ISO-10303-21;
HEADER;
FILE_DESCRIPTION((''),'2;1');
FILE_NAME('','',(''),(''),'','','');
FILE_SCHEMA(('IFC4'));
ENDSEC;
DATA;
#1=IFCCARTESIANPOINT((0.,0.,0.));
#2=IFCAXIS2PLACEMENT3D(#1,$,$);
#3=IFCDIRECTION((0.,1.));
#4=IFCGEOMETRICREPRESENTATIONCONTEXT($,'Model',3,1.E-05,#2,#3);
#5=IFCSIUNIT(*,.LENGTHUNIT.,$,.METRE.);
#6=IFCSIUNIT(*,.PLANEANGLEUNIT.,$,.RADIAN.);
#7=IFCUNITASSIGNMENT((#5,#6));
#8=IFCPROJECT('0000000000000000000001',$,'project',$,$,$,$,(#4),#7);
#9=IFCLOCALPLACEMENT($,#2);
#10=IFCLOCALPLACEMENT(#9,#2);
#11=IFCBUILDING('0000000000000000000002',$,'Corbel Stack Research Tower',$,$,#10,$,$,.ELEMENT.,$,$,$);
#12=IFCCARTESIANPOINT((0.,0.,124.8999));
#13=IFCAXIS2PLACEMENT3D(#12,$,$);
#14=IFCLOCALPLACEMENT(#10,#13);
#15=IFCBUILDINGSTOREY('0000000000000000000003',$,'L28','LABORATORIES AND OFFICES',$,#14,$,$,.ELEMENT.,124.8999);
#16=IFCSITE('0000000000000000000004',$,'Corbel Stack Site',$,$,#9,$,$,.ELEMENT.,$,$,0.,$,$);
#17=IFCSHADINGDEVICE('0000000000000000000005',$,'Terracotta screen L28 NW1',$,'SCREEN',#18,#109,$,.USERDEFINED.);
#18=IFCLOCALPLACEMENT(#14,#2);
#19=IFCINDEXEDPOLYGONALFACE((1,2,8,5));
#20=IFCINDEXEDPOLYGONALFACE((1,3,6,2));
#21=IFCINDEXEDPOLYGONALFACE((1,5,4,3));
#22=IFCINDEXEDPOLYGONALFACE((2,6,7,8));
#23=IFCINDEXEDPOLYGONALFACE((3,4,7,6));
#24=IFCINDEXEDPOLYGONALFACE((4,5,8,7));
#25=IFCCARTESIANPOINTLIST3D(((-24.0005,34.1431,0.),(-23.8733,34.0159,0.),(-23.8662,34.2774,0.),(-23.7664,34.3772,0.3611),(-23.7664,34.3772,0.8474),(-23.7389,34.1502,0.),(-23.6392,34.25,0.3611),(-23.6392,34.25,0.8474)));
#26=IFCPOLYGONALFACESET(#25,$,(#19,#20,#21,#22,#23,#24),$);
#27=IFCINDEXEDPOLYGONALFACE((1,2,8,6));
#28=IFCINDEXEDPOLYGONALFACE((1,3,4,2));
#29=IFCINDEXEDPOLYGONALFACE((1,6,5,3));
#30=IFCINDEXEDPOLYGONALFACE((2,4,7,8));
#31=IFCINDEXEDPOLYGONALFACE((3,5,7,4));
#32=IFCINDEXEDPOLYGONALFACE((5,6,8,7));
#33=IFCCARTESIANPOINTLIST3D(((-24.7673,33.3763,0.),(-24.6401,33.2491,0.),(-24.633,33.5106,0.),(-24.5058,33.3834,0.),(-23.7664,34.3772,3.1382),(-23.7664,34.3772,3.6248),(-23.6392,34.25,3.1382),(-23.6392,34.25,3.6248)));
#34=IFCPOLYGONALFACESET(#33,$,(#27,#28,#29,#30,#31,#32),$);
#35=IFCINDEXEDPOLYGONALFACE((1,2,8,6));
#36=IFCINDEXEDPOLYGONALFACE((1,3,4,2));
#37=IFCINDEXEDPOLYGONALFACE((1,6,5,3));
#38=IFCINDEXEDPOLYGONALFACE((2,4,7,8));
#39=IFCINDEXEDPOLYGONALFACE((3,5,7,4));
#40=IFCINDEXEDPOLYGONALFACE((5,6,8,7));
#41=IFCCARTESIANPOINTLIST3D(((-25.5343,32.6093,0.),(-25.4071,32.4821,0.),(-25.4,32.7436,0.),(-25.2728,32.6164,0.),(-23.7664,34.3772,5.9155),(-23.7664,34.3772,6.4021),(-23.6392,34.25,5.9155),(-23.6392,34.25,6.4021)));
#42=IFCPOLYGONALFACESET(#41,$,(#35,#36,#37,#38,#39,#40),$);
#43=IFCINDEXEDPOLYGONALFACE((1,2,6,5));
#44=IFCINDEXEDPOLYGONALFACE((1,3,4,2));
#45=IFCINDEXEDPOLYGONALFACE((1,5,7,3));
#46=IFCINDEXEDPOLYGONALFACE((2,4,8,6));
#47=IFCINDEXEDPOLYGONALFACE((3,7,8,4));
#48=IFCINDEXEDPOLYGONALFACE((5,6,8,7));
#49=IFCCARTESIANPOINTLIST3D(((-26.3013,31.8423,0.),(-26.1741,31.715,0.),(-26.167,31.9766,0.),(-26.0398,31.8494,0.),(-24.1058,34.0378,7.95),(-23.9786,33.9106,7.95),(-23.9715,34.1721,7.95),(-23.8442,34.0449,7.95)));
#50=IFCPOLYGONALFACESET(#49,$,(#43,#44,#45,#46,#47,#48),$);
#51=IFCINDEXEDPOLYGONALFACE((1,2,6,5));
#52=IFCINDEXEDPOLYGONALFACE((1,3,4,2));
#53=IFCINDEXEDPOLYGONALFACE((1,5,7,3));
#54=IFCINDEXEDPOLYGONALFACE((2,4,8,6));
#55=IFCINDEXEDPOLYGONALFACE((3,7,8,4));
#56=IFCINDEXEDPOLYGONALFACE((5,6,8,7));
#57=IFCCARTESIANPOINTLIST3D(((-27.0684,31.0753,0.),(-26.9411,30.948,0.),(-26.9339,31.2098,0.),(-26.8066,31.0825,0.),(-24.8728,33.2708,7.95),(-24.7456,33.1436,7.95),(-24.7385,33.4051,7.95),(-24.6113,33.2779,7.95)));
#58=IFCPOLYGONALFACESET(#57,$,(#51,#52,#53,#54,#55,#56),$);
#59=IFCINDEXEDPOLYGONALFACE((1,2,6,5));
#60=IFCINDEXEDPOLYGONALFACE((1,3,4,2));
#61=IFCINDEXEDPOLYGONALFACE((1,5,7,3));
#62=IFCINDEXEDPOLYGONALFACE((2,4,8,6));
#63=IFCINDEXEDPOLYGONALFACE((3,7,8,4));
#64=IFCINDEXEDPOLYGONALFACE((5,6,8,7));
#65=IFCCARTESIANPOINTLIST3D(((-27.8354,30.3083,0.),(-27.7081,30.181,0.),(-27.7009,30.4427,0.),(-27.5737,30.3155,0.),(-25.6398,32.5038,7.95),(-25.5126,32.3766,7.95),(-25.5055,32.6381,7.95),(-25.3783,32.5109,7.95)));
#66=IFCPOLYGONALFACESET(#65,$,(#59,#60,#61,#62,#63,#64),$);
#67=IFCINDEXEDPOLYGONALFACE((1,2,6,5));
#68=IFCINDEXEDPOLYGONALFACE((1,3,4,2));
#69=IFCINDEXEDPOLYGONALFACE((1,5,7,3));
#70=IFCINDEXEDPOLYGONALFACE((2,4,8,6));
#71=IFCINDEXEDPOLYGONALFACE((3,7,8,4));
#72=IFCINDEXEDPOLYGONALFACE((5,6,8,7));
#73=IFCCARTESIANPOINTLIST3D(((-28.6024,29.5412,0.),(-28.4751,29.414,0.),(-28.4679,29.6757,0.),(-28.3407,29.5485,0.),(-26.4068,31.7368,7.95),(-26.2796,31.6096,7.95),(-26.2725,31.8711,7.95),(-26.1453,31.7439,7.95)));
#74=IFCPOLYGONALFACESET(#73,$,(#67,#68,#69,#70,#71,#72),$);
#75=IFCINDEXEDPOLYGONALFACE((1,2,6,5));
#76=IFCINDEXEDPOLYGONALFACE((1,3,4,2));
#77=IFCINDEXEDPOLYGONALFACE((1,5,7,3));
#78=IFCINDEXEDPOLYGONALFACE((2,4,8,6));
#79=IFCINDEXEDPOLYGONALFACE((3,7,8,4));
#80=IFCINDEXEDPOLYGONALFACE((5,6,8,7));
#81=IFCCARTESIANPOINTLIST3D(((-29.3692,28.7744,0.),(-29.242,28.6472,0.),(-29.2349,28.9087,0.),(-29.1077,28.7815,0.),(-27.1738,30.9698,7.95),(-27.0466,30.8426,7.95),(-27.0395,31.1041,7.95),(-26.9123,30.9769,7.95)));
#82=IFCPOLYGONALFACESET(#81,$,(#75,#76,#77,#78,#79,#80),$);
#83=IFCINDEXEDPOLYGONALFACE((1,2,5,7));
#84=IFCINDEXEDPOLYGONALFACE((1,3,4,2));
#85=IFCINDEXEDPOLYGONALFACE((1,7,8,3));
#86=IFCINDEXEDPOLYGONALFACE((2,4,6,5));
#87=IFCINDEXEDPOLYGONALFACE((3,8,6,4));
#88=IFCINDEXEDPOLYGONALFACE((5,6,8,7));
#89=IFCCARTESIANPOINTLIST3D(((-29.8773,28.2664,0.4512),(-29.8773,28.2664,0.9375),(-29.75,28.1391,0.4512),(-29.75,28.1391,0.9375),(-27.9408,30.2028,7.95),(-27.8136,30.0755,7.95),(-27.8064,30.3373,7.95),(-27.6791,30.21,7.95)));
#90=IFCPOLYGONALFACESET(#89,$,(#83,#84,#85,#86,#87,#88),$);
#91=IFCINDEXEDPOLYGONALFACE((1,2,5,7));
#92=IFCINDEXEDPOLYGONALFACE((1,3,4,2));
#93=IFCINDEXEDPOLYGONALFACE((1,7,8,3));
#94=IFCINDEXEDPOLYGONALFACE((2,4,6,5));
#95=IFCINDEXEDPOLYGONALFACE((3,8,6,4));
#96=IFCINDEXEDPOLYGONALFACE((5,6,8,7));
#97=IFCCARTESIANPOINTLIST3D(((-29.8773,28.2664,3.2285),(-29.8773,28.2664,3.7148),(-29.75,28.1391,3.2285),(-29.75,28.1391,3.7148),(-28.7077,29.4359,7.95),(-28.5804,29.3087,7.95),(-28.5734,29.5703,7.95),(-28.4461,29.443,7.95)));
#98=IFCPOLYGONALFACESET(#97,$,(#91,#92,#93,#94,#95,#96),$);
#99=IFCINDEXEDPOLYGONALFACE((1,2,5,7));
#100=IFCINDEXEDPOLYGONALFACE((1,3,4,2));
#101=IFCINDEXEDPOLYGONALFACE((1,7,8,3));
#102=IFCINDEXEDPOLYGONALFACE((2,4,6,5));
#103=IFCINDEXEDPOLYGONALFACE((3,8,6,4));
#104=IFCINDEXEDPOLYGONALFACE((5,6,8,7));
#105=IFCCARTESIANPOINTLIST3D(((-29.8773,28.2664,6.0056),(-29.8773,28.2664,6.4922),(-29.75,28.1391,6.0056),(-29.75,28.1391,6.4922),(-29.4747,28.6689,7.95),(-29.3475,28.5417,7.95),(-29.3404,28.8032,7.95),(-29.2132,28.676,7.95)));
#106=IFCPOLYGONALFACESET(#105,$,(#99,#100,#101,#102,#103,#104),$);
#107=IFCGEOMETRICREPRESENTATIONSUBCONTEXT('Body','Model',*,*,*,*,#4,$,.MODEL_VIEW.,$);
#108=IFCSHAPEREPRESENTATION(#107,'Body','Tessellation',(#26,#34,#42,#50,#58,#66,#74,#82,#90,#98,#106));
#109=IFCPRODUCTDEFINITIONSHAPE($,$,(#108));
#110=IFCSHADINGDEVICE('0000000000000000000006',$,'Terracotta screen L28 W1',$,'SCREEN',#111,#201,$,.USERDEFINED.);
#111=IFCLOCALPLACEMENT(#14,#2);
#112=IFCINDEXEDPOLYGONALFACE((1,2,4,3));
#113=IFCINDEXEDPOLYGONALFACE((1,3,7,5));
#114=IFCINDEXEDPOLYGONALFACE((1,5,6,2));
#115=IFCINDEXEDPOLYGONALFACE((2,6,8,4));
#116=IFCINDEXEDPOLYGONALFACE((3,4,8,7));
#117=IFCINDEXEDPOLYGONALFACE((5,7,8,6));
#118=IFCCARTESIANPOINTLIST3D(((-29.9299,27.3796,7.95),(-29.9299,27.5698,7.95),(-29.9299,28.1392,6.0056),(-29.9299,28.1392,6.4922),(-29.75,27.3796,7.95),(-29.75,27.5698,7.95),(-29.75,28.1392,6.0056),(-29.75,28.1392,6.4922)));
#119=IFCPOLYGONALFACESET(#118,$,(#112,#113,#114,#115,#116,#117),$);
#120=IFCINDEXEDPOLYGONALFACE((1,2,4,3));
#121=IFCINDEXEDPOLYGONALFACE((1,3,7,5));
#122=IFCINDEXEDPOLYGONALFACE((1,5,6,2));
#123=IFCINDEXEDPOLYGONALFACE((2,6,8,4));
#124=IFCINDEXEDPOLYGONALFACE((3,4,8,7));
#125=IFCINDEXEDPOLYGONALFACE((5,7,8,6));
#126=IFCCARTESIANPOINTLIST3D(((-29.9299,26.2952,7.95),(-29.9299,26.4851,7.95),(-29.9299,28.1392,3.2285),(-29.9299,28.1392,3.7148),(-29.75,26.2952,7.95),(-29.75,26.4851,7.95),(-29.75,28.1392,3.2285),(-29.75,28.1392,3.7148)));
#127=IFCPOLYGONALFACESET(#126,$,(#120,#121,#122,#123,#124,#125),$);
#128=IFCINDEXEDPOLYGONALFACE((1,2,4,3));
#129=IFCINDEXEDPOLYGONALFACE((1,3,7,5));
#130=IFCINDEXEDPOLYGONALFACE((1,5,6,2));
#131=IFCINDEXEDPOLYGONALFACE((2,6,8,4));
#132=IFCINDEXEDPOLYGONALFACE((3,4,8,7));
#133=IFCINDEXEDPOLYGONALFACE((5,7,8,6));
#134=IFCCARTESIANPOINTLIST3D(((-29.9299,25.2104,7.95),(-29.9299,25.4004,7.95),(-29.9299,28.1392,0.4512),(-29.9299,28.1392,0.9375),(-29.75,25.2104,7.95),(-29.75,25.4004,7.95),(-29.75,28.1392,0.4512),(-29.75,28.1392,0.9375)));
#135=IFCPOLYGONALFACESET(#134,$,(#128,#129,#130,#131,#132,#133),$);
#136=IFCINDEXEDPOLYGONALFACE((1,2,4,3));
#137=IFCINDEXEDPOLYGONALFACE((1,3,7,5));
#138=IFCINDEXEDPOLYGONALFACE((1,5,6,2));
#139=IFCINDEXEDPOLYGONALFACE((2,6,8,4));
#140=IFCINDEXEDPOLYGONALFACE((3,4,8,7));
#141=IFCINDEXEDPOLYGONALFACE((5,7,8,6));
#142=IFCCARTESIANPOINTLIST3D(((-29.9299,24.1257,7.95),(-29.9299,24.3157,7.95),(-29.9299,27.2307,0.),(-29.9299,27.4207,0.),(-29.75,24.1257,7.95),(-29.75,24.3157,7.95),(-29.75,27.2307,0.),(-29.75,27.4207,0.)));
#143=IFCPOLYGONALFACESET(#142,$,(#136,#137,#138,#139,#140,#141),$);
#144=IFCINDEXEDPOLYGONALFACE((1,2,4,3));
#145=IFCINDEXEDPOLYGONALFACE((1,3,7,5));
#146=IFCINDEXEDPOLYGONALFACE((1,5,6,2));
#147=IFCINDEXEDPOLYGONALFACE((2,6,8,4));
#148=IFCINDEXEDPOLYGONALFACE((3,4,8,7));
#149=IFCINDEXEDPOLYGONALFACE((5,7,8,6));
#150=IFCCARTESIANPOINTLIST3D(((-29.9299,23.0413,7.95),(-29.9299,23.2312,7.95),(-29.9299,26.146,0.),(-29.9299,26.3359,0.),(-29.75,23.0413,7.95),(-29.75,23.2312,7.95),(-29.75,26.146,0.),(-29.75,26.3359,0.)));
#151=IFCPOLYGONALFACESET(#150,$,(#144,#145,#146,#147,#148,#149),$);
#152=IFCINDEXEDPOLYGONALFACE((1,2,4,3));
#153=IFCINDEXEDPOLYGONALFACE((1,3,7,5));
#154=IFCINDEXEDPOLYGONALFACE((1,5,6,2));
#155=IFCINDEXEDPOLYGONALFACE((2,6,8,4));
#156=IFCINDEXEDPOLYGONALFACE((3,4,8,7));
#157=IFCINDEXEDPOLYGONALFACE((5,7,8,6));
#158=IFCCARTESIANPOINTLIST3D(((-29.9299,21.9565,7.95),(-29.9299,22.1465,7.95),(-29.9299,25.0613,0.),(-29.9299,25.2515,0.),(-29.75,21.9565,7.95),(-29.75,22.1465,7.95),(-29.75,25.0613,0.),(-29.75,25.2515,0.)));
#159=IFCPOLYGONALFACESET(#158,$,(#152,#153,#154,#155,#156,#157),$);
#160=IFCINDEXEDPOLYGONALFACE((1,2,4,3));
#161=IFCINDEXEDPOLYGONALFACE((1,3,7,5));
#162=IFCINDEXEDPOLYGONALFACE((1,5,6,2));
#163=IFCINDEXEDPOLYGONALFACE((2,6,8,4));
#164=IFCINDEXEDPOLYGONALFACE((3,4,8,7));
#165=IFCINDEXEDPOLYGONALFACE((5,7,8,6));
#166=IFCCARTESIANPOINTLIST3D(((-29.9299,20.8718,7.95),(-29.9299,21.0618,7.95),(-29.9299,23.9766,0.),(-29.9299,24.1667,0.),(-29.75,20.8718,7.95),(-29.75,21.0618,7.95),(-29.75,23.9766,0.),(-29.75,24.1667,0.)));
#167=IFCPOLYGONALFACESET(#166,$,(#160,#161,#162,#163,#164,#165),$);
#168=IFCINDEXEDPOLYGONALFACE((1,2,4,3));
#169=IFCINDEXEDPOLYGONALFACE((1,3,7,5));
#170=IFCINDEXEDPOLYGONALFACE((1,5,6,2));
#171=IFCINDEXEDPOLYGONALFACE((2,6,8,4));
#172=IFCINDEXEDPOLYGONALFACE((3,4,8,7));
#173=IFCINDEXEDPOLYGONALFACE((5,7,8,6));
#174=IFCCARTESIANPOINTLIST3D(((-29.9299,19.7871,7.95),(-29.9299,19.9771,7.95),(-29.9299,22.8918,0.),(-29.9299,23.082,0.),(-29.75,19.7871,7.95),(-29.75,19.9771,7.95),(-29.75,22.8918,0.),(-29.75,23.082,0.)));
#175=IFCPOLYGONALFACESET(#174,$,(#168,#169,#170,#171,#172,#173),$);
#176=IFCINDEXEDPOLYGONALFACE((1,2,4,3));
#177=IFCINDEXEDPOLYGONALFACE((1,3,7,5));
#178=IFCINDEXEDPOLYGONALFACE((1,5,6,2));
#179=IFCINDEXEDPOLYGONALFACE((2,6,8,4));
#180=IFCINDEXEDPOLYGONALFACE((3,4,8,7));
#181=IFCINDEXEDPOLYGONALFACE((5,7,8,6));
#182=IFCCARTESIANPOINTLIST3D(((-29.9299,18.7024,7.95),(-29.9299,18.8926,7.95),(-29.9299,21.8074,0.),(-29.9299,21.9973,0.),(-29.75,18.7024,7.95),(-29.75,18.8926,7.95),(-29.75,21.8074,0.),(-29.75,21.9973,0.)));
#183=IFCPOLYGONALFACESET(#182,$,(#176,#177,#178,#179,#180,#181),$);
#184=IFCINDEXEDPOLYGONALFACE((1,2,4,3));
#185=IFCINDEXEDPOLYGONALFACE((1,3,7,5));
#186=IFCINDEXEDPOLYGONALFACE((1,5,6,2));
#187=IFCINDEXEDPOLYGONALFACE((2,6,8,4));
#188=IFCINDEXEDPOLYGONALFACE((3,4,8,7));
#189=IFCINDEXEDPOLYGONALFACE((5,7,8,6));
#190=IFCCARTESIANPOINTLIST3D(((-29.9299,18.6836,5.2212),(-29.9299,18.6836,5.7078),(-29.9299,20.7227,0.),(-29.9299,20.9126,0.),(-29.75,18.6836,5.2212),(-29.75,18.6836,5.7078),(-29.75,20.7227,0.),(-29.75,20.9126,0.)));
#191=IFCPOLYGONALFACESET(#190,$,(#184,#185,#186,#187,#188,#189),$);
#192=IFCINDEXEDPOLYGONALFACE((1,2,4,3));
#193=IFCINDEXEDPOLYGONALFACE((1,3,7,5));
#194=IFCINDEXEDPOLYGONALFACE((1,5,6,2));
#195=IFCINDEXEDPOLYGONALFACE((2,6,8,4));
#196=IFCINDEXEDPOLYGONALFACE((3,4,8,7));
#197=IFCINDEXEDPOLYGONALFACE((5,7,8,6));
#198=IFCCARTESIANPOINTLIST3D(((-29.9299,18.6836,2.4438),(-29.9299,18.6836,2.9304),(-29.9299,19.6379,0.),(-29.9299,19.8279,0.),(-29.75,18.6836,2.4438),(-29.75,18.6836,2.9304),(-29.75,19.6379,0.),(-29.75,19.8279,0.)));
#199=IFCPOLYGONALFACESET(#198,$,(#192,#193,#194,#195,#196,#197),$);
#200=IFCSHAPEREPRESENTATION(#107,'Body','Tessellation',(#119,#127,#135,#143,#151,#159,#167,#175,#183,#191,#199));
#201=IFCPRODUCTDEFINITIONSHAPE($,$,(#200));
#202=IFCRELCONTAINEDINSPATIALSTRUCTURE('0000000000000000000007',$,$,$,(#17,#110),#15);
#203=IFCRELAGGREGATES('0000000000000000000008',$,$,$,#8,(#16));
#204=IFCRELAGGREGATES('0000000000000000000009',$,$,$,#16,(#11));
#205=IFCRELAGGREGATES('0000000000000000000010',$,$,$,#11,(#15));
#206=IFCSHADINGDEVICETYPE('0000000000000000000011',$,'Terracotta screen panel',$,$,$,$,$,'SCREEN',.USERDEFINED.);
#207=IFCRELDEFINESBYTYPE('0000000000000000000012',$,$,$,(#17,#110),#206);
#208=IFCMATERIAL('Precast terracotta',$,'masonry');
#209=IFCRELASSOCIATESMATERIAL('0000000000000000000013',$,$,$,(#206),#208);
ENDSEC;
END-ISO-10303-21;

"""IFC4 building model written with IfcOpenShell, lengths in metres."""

from ifc_helpers import new_model, si_unit, direction, frame, origin, place, context, subcontext, project, spatial, polyline, outline, extrude, source, transform, mapped, material, type_object, element, save


model = new_model("IFC4")

# Units and contexts
model_context = context("Model", 3, precision=1e-05, world=origin(), true_north=direction((0.0, 1.0)))
body_context = subcontext(model_context, "Body", "Model", "MODEL_VIEW")
ifc_project = project(units=[si_unit("LENGTHUNIT", "METRE"), si_unit("PLANEANGLEUNIT", "RADIAN")], contexts=[model_context])

# Site, building, storey
site_placement = place(None, origin())
site = spatial("IfcSite", under=ifc_project, at=site_placement, Name="Corbel Stack Site", CompositionType="ELEMENT", RefElevation=0.0)
building_placement = place(site_placement, origin())
building = spatial("IfcBuilding", under=site, at=building_placement, Name="Corbel Stack Research Tower", CompositionType="ELEMENT")
storey_placement = place(building_placement, frame((0.0, 0.0, 124.8999)))
storey = spatial("IfcBuildingStorey", under=building, at=storey_placement, Name="L28", Description="LABORATORIES AND OFFICES", CompositionType="ELEMENT", Elevation=124.8999)

# Shading devices
ifc_material_1 = material(Name="Precast terracotta", Category="masonry")
shading_device_type = type_object("IfcShadingDeviceType", Name="Terracotta screen panel", ElementType="SCREEN", PredefinedType="USERDEFINED", material=ifc_material_1)
shared_shape_1 = source(origin(), body_context, "Body", "SweptSolid", [
    extrude(outline(polyline([(0.3311, 0.0), (0.0, 0.8474), (0.0, 0.3611), (0.1411, 0.0), (0.3311, 0.0)])), frame((0.0, 0.0, 0.0), z_axis=(0.0, -1.0, 0.0), x_axis=(1.0, 0.0, 0.0)), (0.0, 0.0, 1.0), 0.1799),
    extrude(outline(polyline([(1.4155, 0.0), (0.0, 3.6248), (0.0, 3.1382), (1.2256, 0.0), (1.4155, 0.0)])), frame((0.0, 0.0, 0.0), z_axis=(0.0, -1.0, 0.0), x_axis=(1.0, 0.0, 0.0)), (0.0, 0.0, 1.0), 0.1799),
    extrude(outline(polyline([(2.5002, 0.0), (0.0, 6.4021), (0.0, 5.9155), (2.3103, 0.0), (2.5002, 0.0)])), frame((0.0, 0.0, 0.0), z_axis=(0.0, -1.0, 0.0), x_axis=(1.0, 0.0, 0.0)), (0.0, 0.0, 1.0), 0.1799),
    extrude(outline(polyline([(3.585, 0.0), (0.48, 7.95), (0.29, 7.95), (3.395, 0.0), (3.585, 0.0)])), frame((0.0, 0.0, 0.0), z_axis=(0.0, -1.0, 0.0), x_axis=(1.0, 0.0, 0.0)), (0.0, 0.0, 1.0), 0.1799),
    extrude(outline(polyline([(4.6697, 0.0), (1.5647, 7.95), (1.3748, 7.95), (4.4795, 0.0), (4.6697, 0.0)])), frame((0.0, 0.0, 0.0), z_axis=(0.0, -1.0, 0.0), x_axis=(1.0, 0.0, 0.0)), (0.0, 0.0, 1.0), 0.1799),
    extrude(outline(polyline([(5.7544, 0.0), (2.6494, 7.95), (2.4595, 7.95), (5.5642, 0.0), (5.7544, 0.0)])), frame((0.0, 0.0, 0.0), z_axis=(0.0, -1.0, 0.0), x_axis=(1.0, 0.0, 0.0)), (0.0, 0.0, 1.0), 0.1799),
    extrude(outline(polyline([(6.8391, 0.0), (3.7341, 7.95), (3.5442, 7.95), (6.6489, 0.0), (6.8391, 0.0)])), frame((0.0, 0.0, 0.0), z_axis=(0.0, -1.0, 0.0), x_axis=(1.0, 0.0, 0.0)), (0.0, 0.0, 1.0), 0.1799),
    extrude(outline(polyline([(7.9236, 0.0), (4.8188, 7.95), (4.6289, 7.95), (7.7336, 0.0), (7.9236, 0.0)])), frame((0.0, 0.0, 0.0), z_axis=(0.0, -1.0, 0.0), x_axis=(1.0, 0.0, 0.0)), (0.0, 0.0, 1.0), 0.1799),
    extrude(outline(polyline([(5.9036, 7.95), (5.7134, 7.95), (8.6421, 0.4512), (8.6421, 0.9375), (5.9036, 7.95)])), frame((0.0, 0.0, 0.0), z_axis=(0.0, -1.0, 0.0), x_axis=(1.0, 0.0, 0.0)), (0.0, 0.0, 1.0), 0.1799),
    extrude(outline(polyline([(6.988, 7.95), (6.7981, 7.95), (8.6421, 3.2285), (8.6421, 3.7148), (6.988, 7.95)])), frame((0.0, 0.0, 0.0), z_axis=(0.0, -1.0, 0.0), x_axis=(1.0, 0.0, 0.0)), (0.0, 0.0, 1.0), 0.1799),
    extrude(outline(polyline([(8.0728, 7.95), (7.8828, 7.95), (8.6421, 6.0056), (8.6421, 6.4922), (8.0728, 7.95)])), frame((0.0, 0.0, 0.0), z_axis=(0.0, -1.0, 0.0), x_axis=(1.0, 0.0, 0.0)), (0.0, 0.0, 1.0), 0.1799),
])
shading_device_1_placement = place(storey_placement, frame((-23.6392, 34.25, 0.0), z_axis=(0.0, 0.0, 1.0), x_axis=(-0.707107, -0.707107, 0.0)))
element("IfcShadingDevice", 1, at=shading_device_1_placement, inside=storey, type_object=shading_device_type, Name="Terracotta screen L28 NW1", ObjectType="SCREEN", PredefinedType="USERDEFINED", context=body_context, shape_type="MappedRepresentation", body=[
    mapped(shared_shape_1, transform((0.0, 0.0, 0.0))),
])
shared_shape_2 = source(origin(), body_context, "Body", "SweptSolid", [
    extrude(outline(polyline([(0.7595, 7.95), (0.5693, 7.95), (0.0, 6.4922), (0.0, 6.0056), (0.7595, 7.95)])), frame((0.0, 0.0, 0.0), z_axis=(0.0, -1.0, 0.0), x_axis=(1.0, 0.0, 0.0)), (0.0, 0.0, 1.0), 0.1799),
    extrude(outline(polyline([(1.844, 7.95), (1.6541, 7.95), (0.0, 3.7148), (0.0, 3.2285), (1.844, 7.95)])), frame((0.0, 0.0, 0.0), z_axis=(0.0, -1.0, 0.0), x_axis=(1.0, 0.0, 0.0)), (0.0, 0.0, 1.0), 0.1799),
    extrude(outline(polyline([(2.9287, 7.95), (2.7388, 7.95), (0.0, 0.9375), (0.0, 0.4512), (2.9287, 7.95)])), frame((0.0, 0.0, 0.0), z_axis=(0.0, -1.0, 0.0), x_axis=(1.0, 0.0, 0.0)), (0.0, 0.0, 1.0), 0.1799),
    extrude(outline(polyline([(0.9084, 0.0), (4.0134, 7.95), (3.8235, 7.95), (0.7185, 0.0), (0.9084, 0.0)])), frame((0.0, 0.0, 0.0), z_axis=(0.0, -1.0, 0.0), x_axis=(1.0, 0.0, 0.0)), (0.0, 0.0, 1.0), 0.1799),
    extrude(outline(polyline([(1.9932, 0.0), (5.0979, 7.95), (4.908, 7.95), (1.8032, 0.0), (1.9932, 0.0)])), frame((0.0, 0.0, 0.0), z_axis=(0.0, -1.0, 0.0), x_axis=(1.0, 0.0, 0.0)), (0.0, 0.0, 1.0), 0.1799),
    extrude(outline(polyline([(3.0779, 0.0), (6.1826, 7.95), (5.9927, 7.95), (2.8877, 0.0), (3.0779, 0.0)])), frame((0.0, 0.0, 0.0), z_axis=(0.0, -1.0, 0.0), x_axis=(1.0, 0.0, 0.0)), (0.0, 0.0, 1.0), 0.1799),
    extrude(outline(polyline([(4.1626, 0.0), (7.2673, 7.95), (7.0774, 7.95), (3.9724, 0.0), (4.1626, 0.0)])), frame((0.0, 0.0, 0.0), z_axis=(0.0, -1.0, 0.0), x_axis=(1.0, 0.0, 0.0)), (0.0, 0.0, 1.0), 0.1799),
    extrude(outline(polyline([(5.2473, 0.0), (8.3521, 7.95), (8.1621, 7.95), (5.0571, 0.0), (5.2473, 0.0)])), frame((0.0, 0.0, 0.0), z_axis=(0.0, -1.0, 0.0), x_axis=(1.0, 0.0, 0.0)), (0.0, 0.0, 1.0), 0.1799),
    extrude(outline(polyline([(6.3318, 0.0), (9.4368, 7.95), (9.2466, 7.95), (6.1418, 0.0), (6.3318, 0.0)])), frame((0.0, 0.0, 0.0), z_axis=(0.0, -1.0, 0.0), x_axis=(1.0, 0.0, 0.0)), (0.0, 0.0, 1.0), 0.1799),
    extrude(outline(polyline([(7.4165, 0.0), (9.4556, 5.2212), (9.4556, 5.7078), (7.2266, 0.0), (7.4165, 0.0)])), frame((0.0, 0.0, 0.0), z_axis=(0.0, -1.0, 0.0), x_axis=(1.0, 0.0, 0.0)), (0.0, 0.0, 1.0), 0.1799),
    extrude(outline(polyline([(8.5012, 0.0), (9.4556, 2.4438), (9.4556, 2.9304), (8.3113, 0.0), (8.5012, 0.0)])), frame((0.0, 0.0, 0.0), z_axis=(0.0, -1.0, 0.0), x_axis=(1.0, 0.0, 0.0)), (0.0, 0.0, 1.0), 0.1799),
])
shading_device_2_placement = place(storey_placement, frame((-29.75, 28.1392, 0.0), z_axis=(0.0, 0.0, 1.0), x_axis=(0.0, -1.0, 0.0)))
element("IfcShadingDevice", 2, at=shading_device_2_placement, inside=storey, type_object=shading_device_type, Name="Terracotta screen L28 W1", ObjectType="SCREEN", PredefinedType="USERDEFINED", context=body_context, shape_type="MappedRepresentation", body=[
    mapped(shared_shape_2, transform((0.0, 0.0, 0.0))),
])

save(model, "model.ifc")
